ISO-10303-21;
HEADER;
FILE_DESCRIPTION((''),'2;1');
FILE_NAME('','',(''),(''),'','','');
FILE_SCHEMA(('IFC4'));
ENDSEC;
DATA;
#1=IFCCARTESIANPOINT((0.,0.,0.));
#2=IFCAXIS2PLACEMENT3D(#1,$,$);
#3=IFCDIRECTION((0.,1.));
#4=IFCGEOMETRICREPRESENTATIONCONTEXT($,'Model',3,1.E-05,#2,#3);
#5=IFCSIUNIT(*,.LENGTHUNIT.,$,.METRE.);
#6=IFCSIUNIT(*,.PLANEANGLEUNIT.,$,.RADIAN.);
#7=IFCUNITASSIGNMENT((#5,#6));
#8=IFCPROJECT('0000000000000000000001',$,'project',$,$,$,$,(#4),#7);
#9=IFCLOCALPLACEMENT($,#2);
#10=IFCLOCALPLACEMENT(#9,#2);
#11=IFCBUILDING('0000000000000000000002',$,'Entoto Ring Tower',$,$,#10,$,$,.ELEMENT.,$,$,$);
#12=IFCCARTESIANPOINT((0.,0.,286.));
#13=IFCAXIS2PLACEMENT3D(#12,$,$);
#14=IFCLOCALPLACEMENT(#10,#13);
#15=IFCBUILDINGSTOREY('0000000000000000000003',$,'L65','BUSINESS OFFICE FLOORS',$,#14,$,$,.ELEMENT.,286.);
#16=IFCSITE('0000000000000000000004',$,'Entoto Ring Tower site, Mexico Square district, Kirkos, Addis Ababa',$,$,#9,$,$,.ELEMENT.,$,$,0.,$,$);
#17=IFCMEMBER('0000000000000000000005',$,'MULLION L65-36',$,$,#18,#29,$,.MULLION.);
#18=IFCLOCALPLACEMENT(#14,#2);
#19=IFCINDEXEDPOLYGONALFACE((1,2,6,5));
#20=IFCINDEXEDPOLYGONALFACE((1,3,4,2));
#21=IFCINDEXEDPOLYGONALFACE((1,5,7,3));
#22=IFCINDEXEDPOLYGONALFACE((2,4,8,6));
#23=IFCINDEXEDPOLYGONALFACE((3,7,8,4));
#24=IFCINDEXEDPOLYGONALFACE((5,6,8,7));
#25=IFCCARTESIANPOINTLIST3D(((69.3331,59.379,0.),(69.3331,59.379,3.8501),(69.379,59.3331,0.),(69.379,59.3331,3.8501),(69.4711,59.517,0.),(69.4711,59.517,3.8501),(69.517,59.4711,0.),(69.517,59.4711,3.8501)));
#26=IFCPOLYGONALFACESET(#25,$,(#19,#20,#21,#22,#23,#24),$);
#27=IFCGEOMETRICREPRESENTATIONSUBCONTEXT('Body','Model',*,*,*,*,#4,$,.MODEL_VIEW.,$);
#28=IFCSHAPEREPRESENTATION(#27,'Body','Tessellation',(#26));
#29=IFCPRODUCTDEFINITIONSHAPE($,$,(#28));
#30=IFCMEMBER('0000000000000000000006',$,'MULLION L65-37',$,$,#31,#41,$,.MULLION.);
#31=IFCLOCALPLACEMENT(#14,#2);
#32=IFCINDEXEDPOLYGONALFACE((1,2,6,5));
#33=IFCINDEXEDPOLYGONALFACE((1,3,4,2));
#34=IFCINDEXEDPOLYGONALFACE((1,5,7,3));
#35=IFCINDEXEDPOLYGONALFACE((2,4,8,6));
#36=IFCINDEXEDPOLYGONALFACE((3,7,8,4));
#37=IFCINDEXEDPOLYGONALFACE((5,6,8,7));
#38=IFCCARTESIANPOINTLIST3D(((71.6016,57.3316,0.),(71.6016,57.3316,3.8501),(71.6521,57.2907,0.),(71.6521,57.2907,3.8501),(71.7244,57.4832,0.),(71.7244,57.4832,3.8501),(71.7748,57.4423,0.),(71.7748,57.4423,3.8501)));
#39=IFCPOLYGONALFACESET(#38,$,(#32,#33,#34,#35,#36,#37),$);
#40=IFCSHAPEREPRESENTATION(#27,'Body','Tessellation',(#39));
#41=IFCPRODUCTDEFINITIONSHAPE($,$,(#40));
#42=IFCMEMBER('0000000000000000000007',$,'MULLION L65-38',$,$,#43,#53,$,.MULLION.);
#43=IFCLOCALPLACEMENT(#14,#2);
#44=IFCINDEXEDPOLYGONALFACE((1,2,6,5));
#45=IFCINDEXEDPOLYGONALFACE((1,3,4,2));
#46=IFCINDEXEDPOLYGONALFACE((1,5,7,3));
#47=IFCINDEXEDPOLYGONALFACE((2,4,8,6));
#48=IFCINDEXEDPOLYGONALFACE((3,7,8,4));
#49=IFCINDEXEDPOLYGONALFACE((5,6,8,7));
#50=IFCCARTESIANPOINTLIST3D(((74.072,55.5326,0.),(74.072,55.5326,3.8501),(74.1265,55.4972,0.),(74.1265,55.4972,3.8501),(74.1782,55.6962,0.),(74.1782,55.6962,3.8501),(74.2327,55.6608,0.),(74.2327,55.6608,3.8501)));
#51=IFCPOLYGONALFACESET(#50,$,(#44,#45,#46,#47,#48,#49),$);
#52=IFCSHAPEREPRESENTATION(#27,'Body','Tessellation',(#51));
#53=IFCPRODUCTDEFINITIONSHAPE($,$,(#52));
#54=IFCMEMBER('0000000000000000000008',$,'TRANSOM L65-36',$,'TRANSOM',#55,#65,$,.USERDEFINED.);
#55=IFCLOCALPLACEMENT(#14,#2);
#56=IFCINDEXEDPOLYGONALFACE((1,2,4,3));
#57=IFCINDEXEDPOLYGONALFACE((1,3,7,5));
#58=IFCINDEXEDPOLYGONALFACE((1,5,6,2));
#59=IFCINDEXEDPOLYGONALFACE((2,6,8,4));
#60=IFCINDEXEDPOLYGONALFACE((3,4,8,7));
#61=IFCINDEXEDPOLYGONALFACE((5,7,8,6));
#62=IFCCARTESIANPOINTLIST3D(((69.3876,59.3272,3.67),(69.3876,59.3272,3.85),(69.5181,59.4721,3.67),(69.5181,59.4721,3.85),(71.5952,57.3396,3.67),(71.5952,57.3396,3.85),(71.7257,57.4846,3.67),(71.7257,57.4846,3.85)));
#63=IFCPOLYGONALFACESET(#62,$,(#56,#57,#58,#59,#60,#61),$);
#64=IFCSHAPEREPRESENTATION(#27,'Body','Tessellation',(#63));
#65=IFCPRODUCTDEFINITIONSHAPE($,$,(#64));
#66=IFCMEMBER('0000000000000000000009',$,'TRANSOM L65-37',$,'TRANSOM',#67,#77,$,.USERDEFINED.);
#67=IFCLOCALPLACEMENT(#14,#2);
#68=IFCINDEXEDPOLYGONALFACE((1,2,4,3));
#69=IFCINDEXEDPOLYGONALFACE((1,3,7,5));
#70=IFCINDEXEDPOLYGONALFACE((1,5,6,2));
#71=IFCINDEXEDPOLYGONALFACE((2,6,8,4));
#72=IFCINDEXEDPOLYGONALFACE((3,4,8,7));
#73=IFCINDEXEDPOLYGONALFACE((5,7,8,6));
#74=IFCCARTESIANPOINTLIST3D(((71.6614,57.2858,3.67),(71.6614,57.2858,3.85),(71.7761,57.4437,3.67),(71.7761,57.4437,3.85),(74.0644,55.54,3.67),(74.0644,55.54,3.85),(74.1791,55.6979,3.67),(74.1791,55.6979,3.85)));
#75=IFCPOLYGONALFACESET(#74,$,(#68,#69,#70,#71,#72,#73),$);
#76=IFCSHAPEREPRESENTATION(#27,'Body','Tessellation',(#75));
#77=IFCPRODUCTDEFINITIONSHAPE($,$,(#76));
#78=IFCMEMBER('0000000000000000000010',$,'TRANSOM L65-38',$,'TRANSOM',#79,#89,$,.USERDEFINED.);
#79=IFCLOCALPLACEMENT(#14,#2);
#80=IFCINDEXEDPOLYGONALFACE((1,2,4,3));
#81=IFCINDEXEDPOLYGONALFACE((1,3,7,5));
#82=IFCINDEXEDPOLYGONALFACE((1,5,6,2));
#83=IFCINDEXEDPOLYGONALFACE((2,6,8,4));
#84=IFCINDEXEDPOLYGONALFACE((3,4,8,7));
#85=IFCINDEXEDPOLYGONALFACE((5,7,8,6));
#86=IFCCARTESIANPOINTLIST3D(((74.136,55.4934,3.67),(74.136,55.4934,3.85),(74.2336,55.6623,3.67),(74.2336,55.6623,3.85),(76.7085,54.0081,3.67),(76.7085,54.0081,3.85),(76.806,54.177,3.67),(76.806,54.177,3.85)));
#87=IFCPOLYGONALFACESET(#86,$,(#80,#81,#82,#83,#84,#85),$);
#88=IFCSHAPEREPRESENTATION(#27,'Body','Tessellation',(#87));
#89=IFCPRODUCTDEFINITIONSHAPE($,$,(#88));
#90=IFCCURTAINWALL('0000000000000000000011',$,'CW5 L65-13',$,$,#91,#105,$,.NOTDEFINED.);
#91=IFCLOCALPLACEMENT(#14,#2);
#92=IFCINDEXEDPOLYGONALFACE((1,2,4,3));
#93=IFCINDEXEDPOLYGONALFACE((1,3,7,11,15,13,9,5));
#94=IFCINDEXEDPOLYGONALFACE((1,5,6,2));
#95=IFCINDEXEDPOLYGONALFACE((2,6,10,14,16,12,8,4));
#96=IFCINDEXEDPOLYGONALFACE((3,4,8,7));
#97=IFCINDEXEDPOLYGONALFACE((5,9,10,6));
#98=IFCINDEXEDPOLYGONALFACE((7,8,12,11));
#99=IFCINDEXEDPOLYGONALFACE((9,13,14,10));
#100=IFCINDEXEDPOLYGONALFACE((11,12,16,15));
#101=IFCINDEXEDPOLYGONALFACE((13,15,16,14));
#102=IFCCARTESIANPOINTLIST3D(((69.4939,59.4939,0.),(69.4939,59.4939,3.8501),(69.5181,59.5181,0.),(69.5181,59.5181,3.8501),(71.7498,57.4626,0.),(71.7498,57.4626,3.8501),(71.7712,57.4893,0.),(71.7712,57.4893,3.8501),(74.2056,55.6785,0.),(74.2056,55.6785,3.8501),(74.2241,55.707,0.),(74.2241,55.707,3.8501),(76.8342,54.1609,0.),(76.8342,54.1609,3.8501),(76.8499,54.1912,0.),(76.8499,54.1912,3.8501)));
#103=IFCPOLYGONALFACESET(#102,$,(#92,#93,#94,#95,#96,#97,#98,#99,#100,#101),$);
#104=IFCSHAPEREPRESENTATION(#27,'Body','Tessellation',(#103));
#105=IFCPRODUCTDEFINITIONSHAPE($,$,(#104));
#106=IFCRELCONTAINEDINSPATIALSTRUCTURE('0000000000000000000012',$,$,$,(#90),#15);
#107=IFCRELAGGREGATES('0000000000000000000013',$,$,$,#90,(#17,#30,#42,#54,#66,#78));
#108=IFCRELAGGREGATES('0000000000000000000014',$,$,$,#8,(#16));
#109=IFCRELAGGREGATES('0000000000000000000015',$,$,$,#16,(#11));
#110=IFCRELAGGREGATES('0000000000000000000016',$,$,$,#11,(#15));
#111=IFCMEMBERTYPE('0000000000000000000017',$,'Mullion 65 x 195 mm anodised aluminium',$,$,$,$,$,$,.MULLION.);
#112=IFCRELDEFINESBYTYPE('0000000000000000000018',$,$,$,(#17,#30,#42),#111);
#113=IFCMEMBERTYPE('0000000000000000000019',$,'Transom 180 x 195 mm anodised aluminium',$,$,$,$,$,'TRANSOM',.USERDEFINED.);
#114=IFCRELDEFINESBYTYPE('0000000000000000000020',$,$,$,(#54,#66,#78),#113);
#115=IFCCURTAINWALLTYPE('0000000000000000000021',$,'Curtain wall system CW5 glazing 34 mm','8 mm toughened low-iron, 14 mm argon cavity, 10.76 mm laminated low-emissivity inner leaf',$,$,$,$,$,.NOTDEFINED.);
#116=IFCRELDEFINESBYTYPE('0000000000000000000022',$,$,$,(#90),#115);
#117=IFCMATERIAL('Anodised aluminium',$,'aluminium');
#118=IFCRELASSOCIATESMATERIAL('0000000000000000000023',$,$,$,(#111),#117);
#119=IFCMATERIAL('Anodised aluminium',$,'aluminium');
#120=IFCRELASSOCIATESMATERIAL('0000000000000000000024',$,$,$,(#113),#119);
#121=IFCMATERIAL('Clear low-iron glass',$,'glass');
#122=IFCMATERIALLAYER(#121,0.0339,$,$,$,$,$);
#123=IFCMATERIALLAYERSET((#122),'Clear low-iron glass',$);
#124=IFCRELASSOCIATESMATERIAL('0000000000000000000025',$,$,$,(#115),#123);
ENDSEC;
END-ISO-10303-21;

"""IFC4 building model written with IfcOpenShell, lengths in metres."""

from ifc_helpers import new_model, si_unit, direction, frame, origin, origin_2d, place, context, subcontext, project, spatial, polyline, rectangle, outline, extrude, material, layer, layer_set, material_profile, profile_set, type_object, element, aggregate, save


model = new_model("IFC4")

# Units and contexts
model_context = context("Model", 3, precision=1e-05, world=origin(), true_north=direction((0.0, 1.0)))
body_context = subcontext(model_context, "Body", "Model", "MODEL_VIEW")
ifc_project = project(units=[si_unit("LENGTHUNIT", "METRE"), si_unit("PLANEANGLEUNIT", "RADIAN")], contexts=[model_context])

# Members
ifc_material_1 = material(Name="Anodised aluminium", Category="aluminium")
ifc_material_profile_1 = material_profile(ifc_material_1, rectangle(XDim=0.0649, YDim=0.1951, at=origin_2d()), Name="Mullion 65 x 195 mm anodised aluminium")
ifc_profile_set_1 = profile_set([ifc_material_profile_1], Name="Anodised aluminium")
member_type_1 = type_object("IfcMemberType", Name="Mullion 65 x 195 mm anodised aluminium", PredefinedType="MULLION", material=ifc_profile_set_1)
site_placement = place(None, origin())
building_placement = place(site_placement, origin())
storey_placement = place(building_placement, frame((0.0, 0.0, 286.0)))
member_1_placement = place(storey_placement, frame((69.425, 59.425, 0.0), z_axis=(0.0, 0.0, 1.0), x_axis=(0.707107, -0.707107, 0.0)))
member_1 = element("IfcMember", 1, at=member_1_placement, type_object=member_type_1, Name="MULLION L65-36", PredefinedType="MULLION", context=body_context, shape_type="SweptSolid", body=[
    extrude(rectangle(XDim=0.0649, YDim=0.1951, at=origin_2d()), origin(), (0.0, 0.0, 1.0), 3.8501),
])
member_2_placement = place(storey_placement, frame((71.6882, 57.387, 0.0), z_axis=(0.0, 0.0, 1.0), x_axis=(0.777146, -0.62932, 0.0)))
member_2 = element("IfcMember", 2, at=member_2_placement, type_object=member_type_1, Name="MULLION L65-37", PredefinedType="MULLION", context=body_context, shape_type="SweptSolid", body=[
    extrude(rectangle(XDim=0.0649, YDim=0.1951, at=origin_2d()), origin(), (0.0, 0.0, 1.0), 3.8501),
])
member_3_placement = place(storey_placement, frame((74.1523, 55.5967, 0.0), z_axis=(0.0, 0.0, 1.0), x_axis=(0.838671, -0.544639, 0.0)))
member_3 = element("IfcMember", 3, at=member_3_placement, type_object=member_type_1, Name="MULLION L65-38", PredefinedType="MULLION", context=body_context, shape_type="SweptSolid", body=[
    extrude(rectangle(XDim=0.0649, YDim=0.1951, at=origin_2d()), origin(), (0.0, 0.0, 1.0), 3.8501),
])
ifc_material_2 = material(Name="Anodised aluminium", Category="aluminium")
ifc_material_profile_2 = material_profile(ifc_material_2, rectangle(XDim=0.1951, YDim=0.1799, at=origin_2d()), Name="Transom 180 x 195 mm anodised aluminium")
ifc_profile_set_2 = profile_set([ifc_material_profile_2], Name="Anodised aluminium")
member_type_2 = type_object("IfcMemberType", Name="Transom 180 x 195 mm anodised aluminium", ElementType="TRANSOM", PredefinedType="USERDEFINED", material=ifc_profile_set_2)
member_4_placement = place(storey_placement, frame((69.4529, 59.3997, 3.76), z_axis=(0.743163, -0.66911, 0.0), x_axis=(0.66911, 0.743163, 0.0)))
member_4 = element("IfcMember", 4, at=member_4_placement, type_object=member_type_2, Name="TRANSOM L65-36", ObjectType="TRANSOM", PredefinedType="USERDEFINED", context=body_context, shape_type="SweptSolid", body=[
    extrude(rectangle(XDim=0.1951, YDim=0.1799, at=origin_2d()), origin(), (0.0, 0.0, 1.0), 2.9705),
])
member_5_placement = place(storey_placement, frame((71.7188, 57.3647, 3.76), z_axis=(0.809031, -0.587766, 0.0), x_axis=(0.587766, 0.809031, 0.0)))
member_5 = element("IfcMember", 5, at=member_5_placement, type_object=member_type_2, Name="TRANSOM L65-37", ObjectType="TRANSOM", PredefinedType="USERDEFINED", context=body_context, shape_type="SweptSolid", body=[
    extrude(rectangle(XDim=0.1951, YDim=0.1799, at=origin_2d()), origin(), (0.0, 0.0, 1.0), 2.9702),
])
member_6_placement = place(storey_placement, frame((74.1848, 55.5779, 3.76), z_axis=(0.866009, -0.500028, 0.0), x_axis=(0.500028, 0.866009, 0.0)))
member_6 = element("IfcMember", 6, at=member_6_placement, type_object=member_type_2, Name="TRANSOM L65-38", ObjectType="TRANSOM", PredefinedType="USERDEFINED", context=body_context, shape_type="SweptSolid", body=[
    extrude(rectangle(XDim=0.1951, YDim=0.1799, at=origin_2d()), origin(), (0.0, 0.0, 1.0), 2.9705),
])

# Site, building, storey
site = spatial("IfcSite", under=ifc_project, at=site_placement, Name="Entoto Ring Tower site, Mexico Square district, Kirkos, Addis Ababa", CompositionType="ELEMENT", RefElevation=0.0)
building = spatial("IfcBuilding", under=site, at=building_placement, Name="Entoto Ring Tower", CompositionType="ELEMENT")
storey = spatial("IfcBuildingStorey", under=building, at=storey_placement, Name="L65", Description="BUSINESS OFFICE FLOORS", CompositionType="ELEMENT", Elevation=286.0)

# Curtain wall
ifc_material_3 = material(Name="Clear low-iron glass", Category="glass")
ifc_layer = layer(ifc_material_3, 0.0339)
ifc_layer_set = layer_set([ifc_layer], Name="Clear low-iron glass")
curtain_wall_type = type_object("IfcCurtainWallType", Name="Curtain wall system CW5 glazing 34 mm", Description="8 mm toughened low-iron, 14 mm argon cavity, 10.76 mm laminated low-emissivity inner leaf", PredefinedType="NOTDEFINED", material=ifc_layer_set)
curtain_wall_1_placement = place(storey_placement, origin())
curtain_wall_1 = element("IfcCurtainWall", 7, at=curtain_wall_1_placement, inside=storey, type_object=curtain_wall_type, Name="CW5 L65-13", PredefinedType="NOTDEFINED", context=body_context, shape_type="SweptSolid", body=[
    extrude(outline(polyline([(69.4939, 59.4939), (71.7498, 57.4626), (74.2056, 55.6785), (76.8342, 54.1609), (76.8499, 54.1912), (74.2241, 55.707), (71.7712, 57.4893), (69.5181, 59.5181), (69.4939, 59.4939)])), origin(), (0.0, 0.0, 1.0), 3.8501),
])
aggregate(curtain_wall_1, [member_1, member_2, member_3, member_4, member_5, member_6])

save(model, "model.ifc")
